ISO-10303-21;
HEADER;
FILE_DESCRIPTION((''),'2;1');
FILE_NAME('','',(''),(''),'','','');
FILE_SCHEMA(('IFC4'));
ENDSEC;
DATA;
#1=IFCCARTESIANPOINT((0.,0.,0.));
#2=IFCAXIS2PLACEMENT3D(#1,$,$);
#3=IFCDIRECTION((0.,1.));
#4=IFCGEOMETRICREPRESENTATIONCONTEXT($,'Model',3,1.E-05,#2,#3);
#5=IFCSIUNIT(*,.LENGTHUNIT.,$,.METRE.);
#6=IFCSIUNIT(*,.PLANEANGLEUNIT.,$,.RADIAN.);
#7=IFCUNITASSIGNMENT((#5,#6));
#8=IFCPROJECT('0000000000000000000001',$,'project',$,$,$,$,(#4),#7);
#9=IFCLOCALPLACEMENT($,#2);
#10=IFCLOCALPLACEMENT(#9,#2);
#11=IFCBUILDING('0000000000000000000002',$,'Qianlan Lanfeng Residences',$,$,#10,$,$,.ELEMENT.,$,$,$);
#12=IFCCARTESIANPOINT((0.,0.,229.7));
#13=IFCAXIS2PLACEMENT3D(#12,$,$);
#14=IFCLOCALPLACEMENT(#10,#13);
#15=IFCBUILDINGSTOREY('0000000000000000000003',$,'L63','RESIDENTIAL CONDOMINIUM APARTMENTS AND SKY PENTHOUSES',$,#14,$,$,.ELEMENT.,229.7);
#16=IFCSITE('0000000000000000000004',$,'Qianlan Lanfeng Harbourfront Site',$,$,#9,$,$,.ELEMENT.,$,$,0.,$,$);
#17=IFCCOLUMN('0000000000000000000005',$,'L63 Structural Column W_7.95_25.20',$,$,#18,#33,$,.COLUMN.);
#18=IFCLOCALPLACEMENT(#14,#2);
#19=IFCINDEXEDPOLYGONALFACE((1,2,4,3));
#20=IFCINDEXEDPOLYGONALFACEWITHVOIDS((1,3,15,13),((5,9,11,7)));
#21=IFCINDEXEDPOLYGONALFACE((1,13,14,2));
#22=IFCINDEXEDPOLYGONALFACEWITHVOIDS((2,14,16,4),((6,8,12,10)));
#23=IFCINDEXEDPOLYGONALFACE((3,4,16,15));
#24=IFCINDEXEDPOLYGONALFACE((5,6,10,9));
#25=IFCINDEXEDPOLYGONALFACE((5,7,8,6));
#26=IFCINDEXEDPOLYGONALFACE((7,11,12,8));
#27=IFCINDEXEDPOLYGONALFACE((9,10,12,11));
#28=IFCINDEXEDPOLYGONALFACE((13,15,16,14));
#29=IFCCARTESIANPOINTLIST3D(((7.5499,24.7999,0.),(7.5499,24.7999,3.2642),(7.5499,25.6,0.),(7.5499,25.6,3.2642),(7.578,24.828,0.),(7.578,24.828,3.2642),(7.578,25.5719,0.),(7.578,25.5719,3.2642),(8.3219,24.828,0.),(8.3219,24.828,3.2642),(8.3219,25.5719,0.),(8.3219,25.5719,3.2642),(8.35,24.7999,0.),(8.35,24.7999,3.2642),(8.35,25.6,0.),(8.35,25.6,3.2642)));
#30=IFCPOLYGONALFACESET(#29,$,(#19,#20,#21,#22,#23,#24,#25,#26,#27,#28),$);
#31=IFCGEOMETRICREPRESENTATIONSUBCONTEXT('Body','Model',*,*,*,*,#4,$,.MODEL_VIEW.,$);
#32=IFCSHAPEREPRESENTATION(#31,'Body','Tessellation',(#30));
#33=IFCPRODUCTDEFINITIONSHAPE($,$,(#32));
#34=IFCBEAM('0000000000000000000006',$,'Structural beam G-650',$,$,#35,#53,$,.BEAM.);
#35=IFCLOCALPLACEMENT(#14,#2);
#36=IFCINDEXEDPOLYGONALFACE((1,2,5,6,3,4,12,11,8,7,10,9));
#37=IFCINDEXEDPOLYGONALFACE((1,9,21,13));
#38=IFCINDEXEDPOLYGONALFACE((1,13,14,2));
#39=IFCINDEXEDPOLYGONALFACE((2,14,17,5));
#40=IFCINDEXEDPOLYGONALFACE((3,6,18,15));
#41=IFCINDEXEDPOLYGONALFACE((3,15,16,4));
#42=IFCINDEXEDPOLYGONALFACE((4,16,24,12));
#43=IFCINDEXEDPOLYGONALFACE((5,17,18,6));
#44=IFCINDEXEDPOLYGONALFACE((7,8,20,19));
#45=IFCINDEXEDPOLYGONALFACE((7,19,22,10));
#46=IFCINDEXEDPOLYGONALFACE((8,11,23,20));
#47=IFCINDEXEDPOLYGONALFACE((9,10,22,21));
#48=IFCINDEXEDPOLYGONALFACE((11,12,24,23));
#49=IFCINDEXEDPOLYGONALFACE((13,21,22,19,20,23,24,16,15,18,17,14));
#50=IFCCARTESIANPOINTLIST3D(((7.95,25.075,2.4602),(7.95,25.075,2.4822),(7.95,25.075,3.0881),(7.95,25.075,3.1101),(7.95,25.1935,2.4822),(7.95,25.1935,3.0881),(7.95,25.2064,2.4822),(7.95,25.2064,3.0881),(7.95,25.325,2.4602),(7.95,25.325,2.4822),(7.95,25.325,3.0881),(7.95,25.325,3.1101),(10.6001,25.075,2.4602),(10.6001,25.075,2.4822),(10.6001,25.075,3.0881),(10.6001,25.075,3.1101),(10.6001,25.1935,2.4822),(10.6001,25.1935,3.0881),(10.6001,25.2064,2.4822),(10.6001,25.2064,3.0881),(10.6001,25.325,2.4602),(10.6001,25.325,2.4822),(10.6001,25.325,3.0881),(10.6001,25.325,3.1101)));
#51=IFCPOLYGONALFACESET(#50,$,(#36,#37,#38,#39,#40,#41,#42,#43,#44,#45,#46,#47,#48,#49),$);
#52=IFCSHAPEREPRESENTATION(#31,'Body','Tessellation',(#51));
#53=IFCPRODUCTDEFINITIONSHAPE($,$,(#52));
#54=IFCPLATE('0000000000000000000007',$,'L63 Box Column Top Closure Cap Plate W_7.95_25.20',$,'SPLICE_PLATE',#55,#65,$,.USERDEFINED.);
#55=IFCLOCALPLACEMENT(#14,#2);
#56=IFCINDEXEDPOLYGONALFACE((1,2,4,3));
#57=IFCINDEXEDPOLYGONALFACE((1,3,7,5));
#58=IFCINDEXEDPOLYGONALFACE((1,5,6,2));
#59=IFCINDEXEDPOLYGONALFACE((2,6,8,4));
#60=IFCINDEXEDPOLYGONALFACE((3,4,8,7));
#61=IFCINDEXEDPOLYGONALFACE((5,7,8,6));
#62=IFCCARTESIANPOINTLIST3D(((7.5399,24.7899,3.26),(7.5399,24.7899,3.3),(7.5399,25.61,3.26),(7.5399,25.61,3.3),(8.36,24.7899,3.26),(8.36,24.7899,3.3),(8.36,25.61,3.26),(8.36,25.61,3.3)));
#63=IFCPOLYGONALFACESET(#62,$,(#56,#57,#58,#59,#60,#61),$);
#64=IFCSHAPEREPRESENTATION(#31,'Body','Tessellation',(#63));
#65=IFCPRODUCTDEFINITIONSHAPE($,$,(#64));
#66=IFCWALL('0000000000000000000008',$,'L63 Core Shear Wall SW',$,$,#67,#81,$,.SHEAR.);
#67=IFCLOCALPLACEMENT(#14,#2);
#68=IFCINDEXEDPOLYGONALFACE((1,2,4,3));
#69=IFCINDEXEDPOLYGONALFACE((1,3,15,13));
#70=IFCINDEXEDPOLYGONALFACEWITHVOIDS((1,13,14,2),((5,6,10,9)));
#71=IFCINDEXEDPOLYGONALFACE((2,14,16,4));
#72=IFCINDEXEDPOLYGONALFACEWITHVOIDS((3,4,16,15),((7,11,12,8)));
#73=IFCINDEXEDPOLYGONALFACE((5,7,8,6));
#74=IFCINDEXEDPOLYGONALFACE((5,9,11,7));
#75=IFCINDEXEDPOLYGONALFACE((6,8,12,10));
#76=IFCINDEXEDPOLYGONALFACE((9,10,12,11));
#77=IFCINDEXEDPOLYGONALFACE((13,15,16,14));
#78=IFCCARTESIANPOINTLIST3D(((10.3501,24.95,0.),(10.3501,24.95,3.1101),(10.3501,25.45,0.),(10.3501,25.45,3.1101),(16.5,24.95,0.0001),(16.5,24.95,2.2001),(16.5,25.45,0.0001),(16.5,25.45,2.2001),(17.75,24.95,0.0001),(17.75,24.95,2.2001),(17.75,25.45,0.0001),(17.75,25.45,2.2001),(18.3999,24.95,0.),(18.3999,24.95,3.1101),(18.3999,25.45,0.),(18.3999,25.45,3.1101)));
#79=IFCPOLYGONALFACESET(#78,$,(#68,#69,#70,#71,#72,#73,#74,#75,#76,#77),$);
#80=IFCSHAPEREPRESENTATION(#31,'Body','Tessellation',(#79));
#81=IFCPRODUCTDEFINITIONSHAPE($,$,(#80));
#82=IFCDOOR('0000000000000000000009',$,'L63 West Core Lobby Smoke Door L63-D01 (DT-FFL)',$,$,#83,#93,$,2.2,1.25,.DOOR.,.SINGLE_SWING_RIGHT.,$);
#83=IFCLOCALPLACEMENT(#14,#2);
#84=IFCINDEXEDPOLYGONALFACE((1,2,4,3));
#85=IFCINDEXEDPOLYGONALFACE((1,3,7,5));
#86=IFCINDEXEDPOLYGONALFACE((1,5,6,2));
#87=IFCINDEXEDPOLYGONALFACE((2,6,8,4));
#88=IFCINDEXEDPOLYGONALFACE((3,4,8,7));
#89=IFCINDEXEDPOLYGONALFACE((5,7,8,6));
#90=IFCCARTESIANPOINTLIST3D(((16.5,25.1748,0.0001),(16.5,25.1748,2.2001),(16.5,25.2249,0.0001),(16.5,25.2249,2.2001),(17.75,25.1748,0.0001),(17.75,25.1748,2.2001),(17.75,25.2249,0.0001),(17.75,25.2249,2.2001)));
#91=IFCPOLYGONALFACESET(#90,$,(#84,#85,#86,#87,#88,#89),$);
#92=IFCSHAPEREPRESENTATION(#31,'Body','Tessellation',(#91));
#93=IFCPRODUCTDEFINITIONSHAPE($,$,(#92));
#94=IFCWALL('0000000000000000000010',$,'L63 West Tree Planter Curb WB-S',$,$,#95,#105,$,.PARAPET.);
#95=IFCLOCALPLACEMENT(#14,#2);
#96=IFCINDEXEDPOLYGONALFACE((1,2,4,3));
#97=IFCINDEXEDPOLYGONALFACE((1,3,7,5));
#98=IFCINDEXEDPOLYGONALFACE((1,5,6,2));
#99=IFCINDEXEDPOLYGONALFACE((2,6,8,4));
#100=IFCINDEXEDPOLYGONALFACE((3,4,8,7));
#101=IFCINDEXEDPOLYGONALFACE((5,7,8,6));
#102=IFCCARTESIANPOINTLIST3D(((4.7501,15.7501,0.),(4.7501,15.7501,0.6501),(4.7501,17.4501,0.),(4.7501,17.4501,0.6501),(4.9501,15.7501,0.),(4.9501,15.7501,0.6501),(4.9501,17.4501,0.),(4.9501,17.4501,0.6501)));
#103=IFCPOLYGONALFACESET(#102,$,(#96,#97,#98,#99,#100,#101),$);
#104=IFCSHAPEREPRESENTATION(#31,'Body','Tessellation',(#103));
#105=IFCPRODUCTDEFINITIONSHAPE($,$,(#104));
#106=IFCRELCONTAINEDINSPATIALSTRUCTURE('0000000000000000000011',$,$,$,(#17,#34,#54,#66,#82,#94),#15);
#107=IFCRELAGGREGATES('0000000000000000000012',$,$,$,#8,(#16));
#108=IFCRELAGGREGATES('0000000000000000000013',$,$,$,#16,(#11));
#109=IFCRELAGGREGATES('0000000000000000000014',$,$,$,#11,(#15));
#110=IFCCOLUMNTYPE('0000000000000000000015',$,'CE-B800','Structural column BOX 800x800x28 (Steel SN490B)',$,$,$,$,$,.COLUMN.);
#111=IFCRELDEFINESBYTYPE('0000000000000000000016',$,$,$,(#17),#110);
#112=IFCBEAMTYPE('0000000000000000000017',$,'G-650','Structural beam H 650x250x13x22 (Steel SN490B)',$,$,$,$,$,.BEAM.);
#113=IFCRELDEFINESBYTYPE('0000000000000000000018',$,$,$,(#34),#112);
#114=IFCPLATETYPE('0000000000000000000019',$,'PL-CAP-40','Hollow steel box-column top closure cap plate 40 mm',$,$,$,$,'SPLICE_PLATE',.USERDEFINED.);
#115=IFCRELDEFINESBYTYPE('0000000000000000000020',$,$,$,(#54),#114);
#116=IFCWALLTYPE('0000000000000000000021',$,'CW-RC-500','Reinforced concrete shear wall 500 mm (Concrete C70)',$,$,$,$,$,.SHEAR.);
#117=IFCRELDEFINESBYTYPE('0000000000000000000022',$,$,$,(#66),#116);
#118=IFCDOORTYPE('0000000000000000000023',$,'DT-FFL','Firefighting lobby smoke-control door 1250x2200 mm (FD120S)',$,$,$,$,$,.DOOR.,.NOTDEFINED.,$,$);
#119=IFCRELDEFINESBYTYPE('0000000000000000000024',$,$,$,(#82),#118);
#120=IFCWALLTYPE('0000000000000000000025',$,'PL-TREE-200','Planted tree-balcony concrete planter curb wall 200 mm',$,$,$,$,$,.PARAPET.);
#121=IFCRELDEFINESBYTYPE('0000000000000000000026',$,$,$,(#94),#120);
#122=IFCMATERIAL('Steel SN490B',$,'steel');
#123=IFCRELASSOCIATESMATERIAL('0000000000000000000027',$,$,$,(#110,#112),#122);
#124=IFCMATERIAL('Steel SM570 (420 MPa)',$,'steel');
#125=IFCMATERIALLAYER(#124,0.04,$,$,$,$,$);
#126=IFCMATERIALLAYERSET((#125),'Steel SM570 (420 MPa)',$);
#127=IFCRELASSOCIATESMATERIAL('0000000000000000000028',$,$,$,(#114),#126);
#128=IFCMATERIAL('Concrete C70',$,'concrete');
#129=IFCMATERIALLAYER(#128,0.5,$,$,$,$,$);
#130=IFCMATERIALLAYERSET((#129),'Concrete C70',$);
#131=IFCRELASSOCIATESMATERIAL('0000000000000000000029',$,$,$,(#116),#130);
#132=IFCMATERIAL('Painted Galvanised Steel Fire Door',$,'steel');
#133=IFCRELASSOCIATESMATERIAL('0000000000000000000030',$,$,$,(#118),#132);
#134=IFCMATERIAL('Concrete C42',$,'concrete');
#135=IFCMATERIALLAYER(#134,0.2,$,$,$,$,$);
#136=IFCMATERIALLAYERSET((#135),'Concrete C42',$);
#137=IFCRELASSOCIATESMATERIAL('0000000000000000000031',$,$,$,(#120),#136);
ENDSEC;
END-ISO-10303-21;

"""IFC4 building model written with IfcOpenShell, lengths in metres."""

from ifc_helpers import new_model, si_unit, direction, frame, frame_2d, origin, origin_2d, place, context, subcontext, project, spatial, rectangle, hollow_rectangle, i_section, extrude, source, transform, mapped, material, layer, layer_set, material_profile, profile_set, type_object, element, fill, save


model = new_model("IFC4")

# Units and contexts
model_context = context("Model", 3, precision=1e-05, world=origin(), true_north=direction((0.0, 1.0)))
body_context = subcontext(model_context, "Body", "Model", "MODEL_VIEW")
ifc_project = project(units=[si_unit("LENGTHUNIT", "METRE"), si_unit("PLANEANGLEUNIT", "RADIAN")], contexts=[model_context])

# Site, building, storey
site_placement = place(None, origin())
site = spatial("IfcSite", under=ifc_project, at=site_placement, Name="Qianlan Lanfeng Harbourfront Site", CompositionType="ELEMENT", RefElevation=0.0)
building_placement = place(site_placement, origin())
building = spatial("IfcBuilding", under=site, at=building_placement, Name="Qianlan Lanfeng Residences", CompositionType="ELEMENT")
storey_placement = place(building_placement, frame((0.0, 0.0, 229.7)))
storey = spatial("IfcBuildingStorey", under=building, at=storey_placement, Name="L63", Description="RESIDENTIAL CONDOMINIUM APARTMENTS AND SKY PENTHOUSES", CompositionType="ELEMENT", Elevation=229.7)

# Column
ifc_material_1 = material(Name="Steel SN490B", Category="steel")
ifc_material_profile_1 = material_profile(ifc_material_1, hollow_rectangle(XDim=0.8, YDim=0.8, WallThickness=0.0281, at=origin_2d()), Name="BOX 800x800x28")
ifc_profile_set_1 = profile_set([ifc_material_profile_1], Name="Steel SN490B")
column_type = type_object("IfcColumnType", Name="CE-B800", Description="Structural column BOX 800x800x28 (Steel SN490B)", PredefinedType="COLUMN", material=ifc_profile_set_1)
column_placement = place(storey_placement, frame((7.95, 25.2, 0.0), z_axis=(0.0, 0.0, 1.0), x_axis=(1.0, 0.0, 0.0)))
element("IfcColumn", 1, at=column_placement, inside=storey, type_object=column_type, Name="L63 Structural Column W_7.95_25.20", PredefinedType="COLUMN", context=body_context, shape_type="SweptSolid", body=[
    extrude(hollow_rectangle(XDim=0.8, YDim=0.8, WallThickness=0.0281, at=origin_2d()), origin(), (0.0, 0.0, 1.0), 3.2642),
])

# Beam
ifc_material_profile_2 = material_profile(ifc_material_1, i_section(OverallWidth=0.25, OverallDepth=0.6499, WebThickness=0.0129, FlangeThickness=0.022, at=origin_2d()), Name="H 650x250x13x22")
ifc_profile_set_2 = profile_set([ifc_material_profile_2], Name="Steel SN490B")
beam_type = type_object("IfcBeamType", Name="G-650", Description="Structural beam H 650x250x13x22 (Steel SN490B)", PredefinedType="BEAM", material=ifc_profile_set_2)
beam_placement = place(storey_placement, frame((7.95, 25.2, 2.7852), z_axis=(1.0, 0.0, 0.0), x_axis=(0.0, 1.0, 0.0)))
element("IfcBeam", 2, at=beam_placement, inside=storey, type_object=beam_type, Name="Structural beam G-650", PredefinedType="BEAM", context=body_context, shape_type="SweptSolid", body=[
    extrude(i_section(OverallWidth=0.25, OverallDepth=0.6499, WebThickness=0.0129, FlangeThickness=0.022, at=origin_2d()), origin(), (0.0, 0.0, 1.0), 2.6501),
])

# Plate
ifc_material_2 = material(Name="Steel SM570 (420 MPa)", Category="steel")
ifc_layer_1 = layer(ifc_material_2, 0.04)
ifc_layer_set_1 = layer_set([ifc_layer_1], Name="Steel SM570 (420 MPa)")
plate_type = type_object("IfcPlateType", Name="PL-CAP-40", Description="Hollow steel box-column top closure cap plate 40 mm", ElementType="SPLICE_PLATE", PredefinedType="USERDEFINED", material=ifc_layer_set_1)
shared_shape = source(origin(), body_context, "Body", "SweptSolid", [
    extrude(rectangle(XDim=0.8201, YDim=0.8201, at=origin_2d()), origin(), (0.0, 0.0, 1.0), 0.04),
])
plate_placement = place(storey_placement, frame((7.95, 25.2, 3.26), z_axis=(0.0, 0.0, 1.0), x_axis=(1.0, 0.0, 0.0)))
element("IfcPlate", 3, at=plate_placement, inside=storey, type_object=plate_type, Name="L63 Box Column Top Closure Cap Plate W_7.95_25.20", ObjectType="SPLICE_PLATE", PredefinedType="USERDEFINED", context=body_context, shape_type="MappedRepresentation", body=[
    mapped(shared_shape, transform((0.0, 0.0, 0.0), scale=1.0)),
])

# Wall, opening, door
ifc_material_3 = material(Name="Concrete C70", Category="concrete")
ifc_layer_2 = layer(ifc_material_3, 0.5)
ifc_layer_set_2 = layer_set([ifc_layer_2], Name="Concrete C70")
wall_type_1 = type_object("IfcWallType", Name="CW-RC-500", Description="Reinforced concrete shear wall 500 mm (Concrete C70)", PredefinedType="SHEAR", material=ifc_layer_set_2)
wall_1_placement = place(storey_placement, frame((10.3501, 25.2, 0.0), z_axis=(0.0, 0.0, 1.0), x_axis=(1.0, 0.0, 0.0)))
wall_1 = element("IfcWall", 4, at=wall_1_placement, inside=storey, type_object=wall_type_1, Name="L63 Core Shear Wall SW", PredefinedType="SHEAR", context=body_context, shape_type="SweptSolid", body=[
    extrude(rectangle(XDim=8.0498, YDim=0.5, at=frame_2d((4.0249, 0.0))), origin(), (0.0, 0.0, 1.0), 3.1101),
])
opening_1_placement = place(wall_1_placement, frame((6.1499, 0.0, 0.0)))
opening_1 = element("IfcOpeningElement", 5, at=opening_1_placement, cuts=wall_1, PredefinedType="OPENING", context=body_context, shape_type="SweptSolid", body=[
    extrude(rectangle(XDim=1.25, YDim=2.2, at=frame_2d((0.625, 1.1001))), frame((0.0, 0.26, 0.0), z_axis=(0.0, -1.0, 0.0), x_axis=(1.0, 0.0, 0.0)), (0.0, 0.0, 1.0), 0.52),
])
ifc_material_4 = material(Name="Painted Galvanised Steel Fire Door", Category="steel")
door_type_1 = type_object("IfcDoorType", Name="DT-FFL", Description="Firefighting lobby smoke-control door 1250x2200 mm (FD120S)", OperationType="NOTDEFINED", PredefinedType="DOOR", material=ifc_material_4)
door_1_placement = place(opening_1_placement, origin())
door_1 = element("IfcDoor", 6, at=door_1_placement, inside=storey, type_object=door_type_1, Name="L63 West Core Lobby Smoke Door L63-D01 (DT-FFL)", OperationType="SINGLE_SWING_RIGHT", OverallHeight=2.2, OverallWidth=1.25, PredefinedType="DOOR", context=body_context, shape_type="SweptSolid", body=[
    extrude(rectangle(XDim=1.25, YDim=2.2, at=frame_2d((0.625, 1.1001))), frame((0.0, 0.0249, 0.0), z_axis=(0.0, -1.0, 0.0), x_axis=(1.0, 0.0, 0.0)), (0.0, 0.0, 1.0), 0.05),
])
fill(opening_1, door_1)

# Wall
ifc_material_5 = material(Name="Concrete C42", Category="concrete")
ifc_layer_3 = layer(ifc_material_5, 0.2)
ifc_layer_set_3 = layer_set([ifc_layer_3], Name="Concrete C42")
wall_type_2 = type_object("IfcWallType", Name="PL-TREE-200", Description="Planted tree-balcony concrete planter curb wall 200 mm", PredefinedType="PARAPET", material=ifc_layer_set_3)
wall_2_placement = place(storey_placement, frame((4.8501, 15.75, 0.0), z_axis=(0.0, 0.0, 1.0), x_axis=(0.0, 1.0, 0.0)))
element("IfcWall", 7, at=wall_2_placement, inside=storey, type_object=wall_type_2, Name="L63 West Tree Planter Curb WB-S", PredefinedType="PARAPET", context=body_context, shape_type="SweptSolid", body=[
    extrude(rectangle(XDim=1.7, YDim=0.2, at=frame_2d((0.8501, 0.0))), origin(), (0.0, 0.0, 1.0), 0.6501),
])

save(model, "model.ifc")
